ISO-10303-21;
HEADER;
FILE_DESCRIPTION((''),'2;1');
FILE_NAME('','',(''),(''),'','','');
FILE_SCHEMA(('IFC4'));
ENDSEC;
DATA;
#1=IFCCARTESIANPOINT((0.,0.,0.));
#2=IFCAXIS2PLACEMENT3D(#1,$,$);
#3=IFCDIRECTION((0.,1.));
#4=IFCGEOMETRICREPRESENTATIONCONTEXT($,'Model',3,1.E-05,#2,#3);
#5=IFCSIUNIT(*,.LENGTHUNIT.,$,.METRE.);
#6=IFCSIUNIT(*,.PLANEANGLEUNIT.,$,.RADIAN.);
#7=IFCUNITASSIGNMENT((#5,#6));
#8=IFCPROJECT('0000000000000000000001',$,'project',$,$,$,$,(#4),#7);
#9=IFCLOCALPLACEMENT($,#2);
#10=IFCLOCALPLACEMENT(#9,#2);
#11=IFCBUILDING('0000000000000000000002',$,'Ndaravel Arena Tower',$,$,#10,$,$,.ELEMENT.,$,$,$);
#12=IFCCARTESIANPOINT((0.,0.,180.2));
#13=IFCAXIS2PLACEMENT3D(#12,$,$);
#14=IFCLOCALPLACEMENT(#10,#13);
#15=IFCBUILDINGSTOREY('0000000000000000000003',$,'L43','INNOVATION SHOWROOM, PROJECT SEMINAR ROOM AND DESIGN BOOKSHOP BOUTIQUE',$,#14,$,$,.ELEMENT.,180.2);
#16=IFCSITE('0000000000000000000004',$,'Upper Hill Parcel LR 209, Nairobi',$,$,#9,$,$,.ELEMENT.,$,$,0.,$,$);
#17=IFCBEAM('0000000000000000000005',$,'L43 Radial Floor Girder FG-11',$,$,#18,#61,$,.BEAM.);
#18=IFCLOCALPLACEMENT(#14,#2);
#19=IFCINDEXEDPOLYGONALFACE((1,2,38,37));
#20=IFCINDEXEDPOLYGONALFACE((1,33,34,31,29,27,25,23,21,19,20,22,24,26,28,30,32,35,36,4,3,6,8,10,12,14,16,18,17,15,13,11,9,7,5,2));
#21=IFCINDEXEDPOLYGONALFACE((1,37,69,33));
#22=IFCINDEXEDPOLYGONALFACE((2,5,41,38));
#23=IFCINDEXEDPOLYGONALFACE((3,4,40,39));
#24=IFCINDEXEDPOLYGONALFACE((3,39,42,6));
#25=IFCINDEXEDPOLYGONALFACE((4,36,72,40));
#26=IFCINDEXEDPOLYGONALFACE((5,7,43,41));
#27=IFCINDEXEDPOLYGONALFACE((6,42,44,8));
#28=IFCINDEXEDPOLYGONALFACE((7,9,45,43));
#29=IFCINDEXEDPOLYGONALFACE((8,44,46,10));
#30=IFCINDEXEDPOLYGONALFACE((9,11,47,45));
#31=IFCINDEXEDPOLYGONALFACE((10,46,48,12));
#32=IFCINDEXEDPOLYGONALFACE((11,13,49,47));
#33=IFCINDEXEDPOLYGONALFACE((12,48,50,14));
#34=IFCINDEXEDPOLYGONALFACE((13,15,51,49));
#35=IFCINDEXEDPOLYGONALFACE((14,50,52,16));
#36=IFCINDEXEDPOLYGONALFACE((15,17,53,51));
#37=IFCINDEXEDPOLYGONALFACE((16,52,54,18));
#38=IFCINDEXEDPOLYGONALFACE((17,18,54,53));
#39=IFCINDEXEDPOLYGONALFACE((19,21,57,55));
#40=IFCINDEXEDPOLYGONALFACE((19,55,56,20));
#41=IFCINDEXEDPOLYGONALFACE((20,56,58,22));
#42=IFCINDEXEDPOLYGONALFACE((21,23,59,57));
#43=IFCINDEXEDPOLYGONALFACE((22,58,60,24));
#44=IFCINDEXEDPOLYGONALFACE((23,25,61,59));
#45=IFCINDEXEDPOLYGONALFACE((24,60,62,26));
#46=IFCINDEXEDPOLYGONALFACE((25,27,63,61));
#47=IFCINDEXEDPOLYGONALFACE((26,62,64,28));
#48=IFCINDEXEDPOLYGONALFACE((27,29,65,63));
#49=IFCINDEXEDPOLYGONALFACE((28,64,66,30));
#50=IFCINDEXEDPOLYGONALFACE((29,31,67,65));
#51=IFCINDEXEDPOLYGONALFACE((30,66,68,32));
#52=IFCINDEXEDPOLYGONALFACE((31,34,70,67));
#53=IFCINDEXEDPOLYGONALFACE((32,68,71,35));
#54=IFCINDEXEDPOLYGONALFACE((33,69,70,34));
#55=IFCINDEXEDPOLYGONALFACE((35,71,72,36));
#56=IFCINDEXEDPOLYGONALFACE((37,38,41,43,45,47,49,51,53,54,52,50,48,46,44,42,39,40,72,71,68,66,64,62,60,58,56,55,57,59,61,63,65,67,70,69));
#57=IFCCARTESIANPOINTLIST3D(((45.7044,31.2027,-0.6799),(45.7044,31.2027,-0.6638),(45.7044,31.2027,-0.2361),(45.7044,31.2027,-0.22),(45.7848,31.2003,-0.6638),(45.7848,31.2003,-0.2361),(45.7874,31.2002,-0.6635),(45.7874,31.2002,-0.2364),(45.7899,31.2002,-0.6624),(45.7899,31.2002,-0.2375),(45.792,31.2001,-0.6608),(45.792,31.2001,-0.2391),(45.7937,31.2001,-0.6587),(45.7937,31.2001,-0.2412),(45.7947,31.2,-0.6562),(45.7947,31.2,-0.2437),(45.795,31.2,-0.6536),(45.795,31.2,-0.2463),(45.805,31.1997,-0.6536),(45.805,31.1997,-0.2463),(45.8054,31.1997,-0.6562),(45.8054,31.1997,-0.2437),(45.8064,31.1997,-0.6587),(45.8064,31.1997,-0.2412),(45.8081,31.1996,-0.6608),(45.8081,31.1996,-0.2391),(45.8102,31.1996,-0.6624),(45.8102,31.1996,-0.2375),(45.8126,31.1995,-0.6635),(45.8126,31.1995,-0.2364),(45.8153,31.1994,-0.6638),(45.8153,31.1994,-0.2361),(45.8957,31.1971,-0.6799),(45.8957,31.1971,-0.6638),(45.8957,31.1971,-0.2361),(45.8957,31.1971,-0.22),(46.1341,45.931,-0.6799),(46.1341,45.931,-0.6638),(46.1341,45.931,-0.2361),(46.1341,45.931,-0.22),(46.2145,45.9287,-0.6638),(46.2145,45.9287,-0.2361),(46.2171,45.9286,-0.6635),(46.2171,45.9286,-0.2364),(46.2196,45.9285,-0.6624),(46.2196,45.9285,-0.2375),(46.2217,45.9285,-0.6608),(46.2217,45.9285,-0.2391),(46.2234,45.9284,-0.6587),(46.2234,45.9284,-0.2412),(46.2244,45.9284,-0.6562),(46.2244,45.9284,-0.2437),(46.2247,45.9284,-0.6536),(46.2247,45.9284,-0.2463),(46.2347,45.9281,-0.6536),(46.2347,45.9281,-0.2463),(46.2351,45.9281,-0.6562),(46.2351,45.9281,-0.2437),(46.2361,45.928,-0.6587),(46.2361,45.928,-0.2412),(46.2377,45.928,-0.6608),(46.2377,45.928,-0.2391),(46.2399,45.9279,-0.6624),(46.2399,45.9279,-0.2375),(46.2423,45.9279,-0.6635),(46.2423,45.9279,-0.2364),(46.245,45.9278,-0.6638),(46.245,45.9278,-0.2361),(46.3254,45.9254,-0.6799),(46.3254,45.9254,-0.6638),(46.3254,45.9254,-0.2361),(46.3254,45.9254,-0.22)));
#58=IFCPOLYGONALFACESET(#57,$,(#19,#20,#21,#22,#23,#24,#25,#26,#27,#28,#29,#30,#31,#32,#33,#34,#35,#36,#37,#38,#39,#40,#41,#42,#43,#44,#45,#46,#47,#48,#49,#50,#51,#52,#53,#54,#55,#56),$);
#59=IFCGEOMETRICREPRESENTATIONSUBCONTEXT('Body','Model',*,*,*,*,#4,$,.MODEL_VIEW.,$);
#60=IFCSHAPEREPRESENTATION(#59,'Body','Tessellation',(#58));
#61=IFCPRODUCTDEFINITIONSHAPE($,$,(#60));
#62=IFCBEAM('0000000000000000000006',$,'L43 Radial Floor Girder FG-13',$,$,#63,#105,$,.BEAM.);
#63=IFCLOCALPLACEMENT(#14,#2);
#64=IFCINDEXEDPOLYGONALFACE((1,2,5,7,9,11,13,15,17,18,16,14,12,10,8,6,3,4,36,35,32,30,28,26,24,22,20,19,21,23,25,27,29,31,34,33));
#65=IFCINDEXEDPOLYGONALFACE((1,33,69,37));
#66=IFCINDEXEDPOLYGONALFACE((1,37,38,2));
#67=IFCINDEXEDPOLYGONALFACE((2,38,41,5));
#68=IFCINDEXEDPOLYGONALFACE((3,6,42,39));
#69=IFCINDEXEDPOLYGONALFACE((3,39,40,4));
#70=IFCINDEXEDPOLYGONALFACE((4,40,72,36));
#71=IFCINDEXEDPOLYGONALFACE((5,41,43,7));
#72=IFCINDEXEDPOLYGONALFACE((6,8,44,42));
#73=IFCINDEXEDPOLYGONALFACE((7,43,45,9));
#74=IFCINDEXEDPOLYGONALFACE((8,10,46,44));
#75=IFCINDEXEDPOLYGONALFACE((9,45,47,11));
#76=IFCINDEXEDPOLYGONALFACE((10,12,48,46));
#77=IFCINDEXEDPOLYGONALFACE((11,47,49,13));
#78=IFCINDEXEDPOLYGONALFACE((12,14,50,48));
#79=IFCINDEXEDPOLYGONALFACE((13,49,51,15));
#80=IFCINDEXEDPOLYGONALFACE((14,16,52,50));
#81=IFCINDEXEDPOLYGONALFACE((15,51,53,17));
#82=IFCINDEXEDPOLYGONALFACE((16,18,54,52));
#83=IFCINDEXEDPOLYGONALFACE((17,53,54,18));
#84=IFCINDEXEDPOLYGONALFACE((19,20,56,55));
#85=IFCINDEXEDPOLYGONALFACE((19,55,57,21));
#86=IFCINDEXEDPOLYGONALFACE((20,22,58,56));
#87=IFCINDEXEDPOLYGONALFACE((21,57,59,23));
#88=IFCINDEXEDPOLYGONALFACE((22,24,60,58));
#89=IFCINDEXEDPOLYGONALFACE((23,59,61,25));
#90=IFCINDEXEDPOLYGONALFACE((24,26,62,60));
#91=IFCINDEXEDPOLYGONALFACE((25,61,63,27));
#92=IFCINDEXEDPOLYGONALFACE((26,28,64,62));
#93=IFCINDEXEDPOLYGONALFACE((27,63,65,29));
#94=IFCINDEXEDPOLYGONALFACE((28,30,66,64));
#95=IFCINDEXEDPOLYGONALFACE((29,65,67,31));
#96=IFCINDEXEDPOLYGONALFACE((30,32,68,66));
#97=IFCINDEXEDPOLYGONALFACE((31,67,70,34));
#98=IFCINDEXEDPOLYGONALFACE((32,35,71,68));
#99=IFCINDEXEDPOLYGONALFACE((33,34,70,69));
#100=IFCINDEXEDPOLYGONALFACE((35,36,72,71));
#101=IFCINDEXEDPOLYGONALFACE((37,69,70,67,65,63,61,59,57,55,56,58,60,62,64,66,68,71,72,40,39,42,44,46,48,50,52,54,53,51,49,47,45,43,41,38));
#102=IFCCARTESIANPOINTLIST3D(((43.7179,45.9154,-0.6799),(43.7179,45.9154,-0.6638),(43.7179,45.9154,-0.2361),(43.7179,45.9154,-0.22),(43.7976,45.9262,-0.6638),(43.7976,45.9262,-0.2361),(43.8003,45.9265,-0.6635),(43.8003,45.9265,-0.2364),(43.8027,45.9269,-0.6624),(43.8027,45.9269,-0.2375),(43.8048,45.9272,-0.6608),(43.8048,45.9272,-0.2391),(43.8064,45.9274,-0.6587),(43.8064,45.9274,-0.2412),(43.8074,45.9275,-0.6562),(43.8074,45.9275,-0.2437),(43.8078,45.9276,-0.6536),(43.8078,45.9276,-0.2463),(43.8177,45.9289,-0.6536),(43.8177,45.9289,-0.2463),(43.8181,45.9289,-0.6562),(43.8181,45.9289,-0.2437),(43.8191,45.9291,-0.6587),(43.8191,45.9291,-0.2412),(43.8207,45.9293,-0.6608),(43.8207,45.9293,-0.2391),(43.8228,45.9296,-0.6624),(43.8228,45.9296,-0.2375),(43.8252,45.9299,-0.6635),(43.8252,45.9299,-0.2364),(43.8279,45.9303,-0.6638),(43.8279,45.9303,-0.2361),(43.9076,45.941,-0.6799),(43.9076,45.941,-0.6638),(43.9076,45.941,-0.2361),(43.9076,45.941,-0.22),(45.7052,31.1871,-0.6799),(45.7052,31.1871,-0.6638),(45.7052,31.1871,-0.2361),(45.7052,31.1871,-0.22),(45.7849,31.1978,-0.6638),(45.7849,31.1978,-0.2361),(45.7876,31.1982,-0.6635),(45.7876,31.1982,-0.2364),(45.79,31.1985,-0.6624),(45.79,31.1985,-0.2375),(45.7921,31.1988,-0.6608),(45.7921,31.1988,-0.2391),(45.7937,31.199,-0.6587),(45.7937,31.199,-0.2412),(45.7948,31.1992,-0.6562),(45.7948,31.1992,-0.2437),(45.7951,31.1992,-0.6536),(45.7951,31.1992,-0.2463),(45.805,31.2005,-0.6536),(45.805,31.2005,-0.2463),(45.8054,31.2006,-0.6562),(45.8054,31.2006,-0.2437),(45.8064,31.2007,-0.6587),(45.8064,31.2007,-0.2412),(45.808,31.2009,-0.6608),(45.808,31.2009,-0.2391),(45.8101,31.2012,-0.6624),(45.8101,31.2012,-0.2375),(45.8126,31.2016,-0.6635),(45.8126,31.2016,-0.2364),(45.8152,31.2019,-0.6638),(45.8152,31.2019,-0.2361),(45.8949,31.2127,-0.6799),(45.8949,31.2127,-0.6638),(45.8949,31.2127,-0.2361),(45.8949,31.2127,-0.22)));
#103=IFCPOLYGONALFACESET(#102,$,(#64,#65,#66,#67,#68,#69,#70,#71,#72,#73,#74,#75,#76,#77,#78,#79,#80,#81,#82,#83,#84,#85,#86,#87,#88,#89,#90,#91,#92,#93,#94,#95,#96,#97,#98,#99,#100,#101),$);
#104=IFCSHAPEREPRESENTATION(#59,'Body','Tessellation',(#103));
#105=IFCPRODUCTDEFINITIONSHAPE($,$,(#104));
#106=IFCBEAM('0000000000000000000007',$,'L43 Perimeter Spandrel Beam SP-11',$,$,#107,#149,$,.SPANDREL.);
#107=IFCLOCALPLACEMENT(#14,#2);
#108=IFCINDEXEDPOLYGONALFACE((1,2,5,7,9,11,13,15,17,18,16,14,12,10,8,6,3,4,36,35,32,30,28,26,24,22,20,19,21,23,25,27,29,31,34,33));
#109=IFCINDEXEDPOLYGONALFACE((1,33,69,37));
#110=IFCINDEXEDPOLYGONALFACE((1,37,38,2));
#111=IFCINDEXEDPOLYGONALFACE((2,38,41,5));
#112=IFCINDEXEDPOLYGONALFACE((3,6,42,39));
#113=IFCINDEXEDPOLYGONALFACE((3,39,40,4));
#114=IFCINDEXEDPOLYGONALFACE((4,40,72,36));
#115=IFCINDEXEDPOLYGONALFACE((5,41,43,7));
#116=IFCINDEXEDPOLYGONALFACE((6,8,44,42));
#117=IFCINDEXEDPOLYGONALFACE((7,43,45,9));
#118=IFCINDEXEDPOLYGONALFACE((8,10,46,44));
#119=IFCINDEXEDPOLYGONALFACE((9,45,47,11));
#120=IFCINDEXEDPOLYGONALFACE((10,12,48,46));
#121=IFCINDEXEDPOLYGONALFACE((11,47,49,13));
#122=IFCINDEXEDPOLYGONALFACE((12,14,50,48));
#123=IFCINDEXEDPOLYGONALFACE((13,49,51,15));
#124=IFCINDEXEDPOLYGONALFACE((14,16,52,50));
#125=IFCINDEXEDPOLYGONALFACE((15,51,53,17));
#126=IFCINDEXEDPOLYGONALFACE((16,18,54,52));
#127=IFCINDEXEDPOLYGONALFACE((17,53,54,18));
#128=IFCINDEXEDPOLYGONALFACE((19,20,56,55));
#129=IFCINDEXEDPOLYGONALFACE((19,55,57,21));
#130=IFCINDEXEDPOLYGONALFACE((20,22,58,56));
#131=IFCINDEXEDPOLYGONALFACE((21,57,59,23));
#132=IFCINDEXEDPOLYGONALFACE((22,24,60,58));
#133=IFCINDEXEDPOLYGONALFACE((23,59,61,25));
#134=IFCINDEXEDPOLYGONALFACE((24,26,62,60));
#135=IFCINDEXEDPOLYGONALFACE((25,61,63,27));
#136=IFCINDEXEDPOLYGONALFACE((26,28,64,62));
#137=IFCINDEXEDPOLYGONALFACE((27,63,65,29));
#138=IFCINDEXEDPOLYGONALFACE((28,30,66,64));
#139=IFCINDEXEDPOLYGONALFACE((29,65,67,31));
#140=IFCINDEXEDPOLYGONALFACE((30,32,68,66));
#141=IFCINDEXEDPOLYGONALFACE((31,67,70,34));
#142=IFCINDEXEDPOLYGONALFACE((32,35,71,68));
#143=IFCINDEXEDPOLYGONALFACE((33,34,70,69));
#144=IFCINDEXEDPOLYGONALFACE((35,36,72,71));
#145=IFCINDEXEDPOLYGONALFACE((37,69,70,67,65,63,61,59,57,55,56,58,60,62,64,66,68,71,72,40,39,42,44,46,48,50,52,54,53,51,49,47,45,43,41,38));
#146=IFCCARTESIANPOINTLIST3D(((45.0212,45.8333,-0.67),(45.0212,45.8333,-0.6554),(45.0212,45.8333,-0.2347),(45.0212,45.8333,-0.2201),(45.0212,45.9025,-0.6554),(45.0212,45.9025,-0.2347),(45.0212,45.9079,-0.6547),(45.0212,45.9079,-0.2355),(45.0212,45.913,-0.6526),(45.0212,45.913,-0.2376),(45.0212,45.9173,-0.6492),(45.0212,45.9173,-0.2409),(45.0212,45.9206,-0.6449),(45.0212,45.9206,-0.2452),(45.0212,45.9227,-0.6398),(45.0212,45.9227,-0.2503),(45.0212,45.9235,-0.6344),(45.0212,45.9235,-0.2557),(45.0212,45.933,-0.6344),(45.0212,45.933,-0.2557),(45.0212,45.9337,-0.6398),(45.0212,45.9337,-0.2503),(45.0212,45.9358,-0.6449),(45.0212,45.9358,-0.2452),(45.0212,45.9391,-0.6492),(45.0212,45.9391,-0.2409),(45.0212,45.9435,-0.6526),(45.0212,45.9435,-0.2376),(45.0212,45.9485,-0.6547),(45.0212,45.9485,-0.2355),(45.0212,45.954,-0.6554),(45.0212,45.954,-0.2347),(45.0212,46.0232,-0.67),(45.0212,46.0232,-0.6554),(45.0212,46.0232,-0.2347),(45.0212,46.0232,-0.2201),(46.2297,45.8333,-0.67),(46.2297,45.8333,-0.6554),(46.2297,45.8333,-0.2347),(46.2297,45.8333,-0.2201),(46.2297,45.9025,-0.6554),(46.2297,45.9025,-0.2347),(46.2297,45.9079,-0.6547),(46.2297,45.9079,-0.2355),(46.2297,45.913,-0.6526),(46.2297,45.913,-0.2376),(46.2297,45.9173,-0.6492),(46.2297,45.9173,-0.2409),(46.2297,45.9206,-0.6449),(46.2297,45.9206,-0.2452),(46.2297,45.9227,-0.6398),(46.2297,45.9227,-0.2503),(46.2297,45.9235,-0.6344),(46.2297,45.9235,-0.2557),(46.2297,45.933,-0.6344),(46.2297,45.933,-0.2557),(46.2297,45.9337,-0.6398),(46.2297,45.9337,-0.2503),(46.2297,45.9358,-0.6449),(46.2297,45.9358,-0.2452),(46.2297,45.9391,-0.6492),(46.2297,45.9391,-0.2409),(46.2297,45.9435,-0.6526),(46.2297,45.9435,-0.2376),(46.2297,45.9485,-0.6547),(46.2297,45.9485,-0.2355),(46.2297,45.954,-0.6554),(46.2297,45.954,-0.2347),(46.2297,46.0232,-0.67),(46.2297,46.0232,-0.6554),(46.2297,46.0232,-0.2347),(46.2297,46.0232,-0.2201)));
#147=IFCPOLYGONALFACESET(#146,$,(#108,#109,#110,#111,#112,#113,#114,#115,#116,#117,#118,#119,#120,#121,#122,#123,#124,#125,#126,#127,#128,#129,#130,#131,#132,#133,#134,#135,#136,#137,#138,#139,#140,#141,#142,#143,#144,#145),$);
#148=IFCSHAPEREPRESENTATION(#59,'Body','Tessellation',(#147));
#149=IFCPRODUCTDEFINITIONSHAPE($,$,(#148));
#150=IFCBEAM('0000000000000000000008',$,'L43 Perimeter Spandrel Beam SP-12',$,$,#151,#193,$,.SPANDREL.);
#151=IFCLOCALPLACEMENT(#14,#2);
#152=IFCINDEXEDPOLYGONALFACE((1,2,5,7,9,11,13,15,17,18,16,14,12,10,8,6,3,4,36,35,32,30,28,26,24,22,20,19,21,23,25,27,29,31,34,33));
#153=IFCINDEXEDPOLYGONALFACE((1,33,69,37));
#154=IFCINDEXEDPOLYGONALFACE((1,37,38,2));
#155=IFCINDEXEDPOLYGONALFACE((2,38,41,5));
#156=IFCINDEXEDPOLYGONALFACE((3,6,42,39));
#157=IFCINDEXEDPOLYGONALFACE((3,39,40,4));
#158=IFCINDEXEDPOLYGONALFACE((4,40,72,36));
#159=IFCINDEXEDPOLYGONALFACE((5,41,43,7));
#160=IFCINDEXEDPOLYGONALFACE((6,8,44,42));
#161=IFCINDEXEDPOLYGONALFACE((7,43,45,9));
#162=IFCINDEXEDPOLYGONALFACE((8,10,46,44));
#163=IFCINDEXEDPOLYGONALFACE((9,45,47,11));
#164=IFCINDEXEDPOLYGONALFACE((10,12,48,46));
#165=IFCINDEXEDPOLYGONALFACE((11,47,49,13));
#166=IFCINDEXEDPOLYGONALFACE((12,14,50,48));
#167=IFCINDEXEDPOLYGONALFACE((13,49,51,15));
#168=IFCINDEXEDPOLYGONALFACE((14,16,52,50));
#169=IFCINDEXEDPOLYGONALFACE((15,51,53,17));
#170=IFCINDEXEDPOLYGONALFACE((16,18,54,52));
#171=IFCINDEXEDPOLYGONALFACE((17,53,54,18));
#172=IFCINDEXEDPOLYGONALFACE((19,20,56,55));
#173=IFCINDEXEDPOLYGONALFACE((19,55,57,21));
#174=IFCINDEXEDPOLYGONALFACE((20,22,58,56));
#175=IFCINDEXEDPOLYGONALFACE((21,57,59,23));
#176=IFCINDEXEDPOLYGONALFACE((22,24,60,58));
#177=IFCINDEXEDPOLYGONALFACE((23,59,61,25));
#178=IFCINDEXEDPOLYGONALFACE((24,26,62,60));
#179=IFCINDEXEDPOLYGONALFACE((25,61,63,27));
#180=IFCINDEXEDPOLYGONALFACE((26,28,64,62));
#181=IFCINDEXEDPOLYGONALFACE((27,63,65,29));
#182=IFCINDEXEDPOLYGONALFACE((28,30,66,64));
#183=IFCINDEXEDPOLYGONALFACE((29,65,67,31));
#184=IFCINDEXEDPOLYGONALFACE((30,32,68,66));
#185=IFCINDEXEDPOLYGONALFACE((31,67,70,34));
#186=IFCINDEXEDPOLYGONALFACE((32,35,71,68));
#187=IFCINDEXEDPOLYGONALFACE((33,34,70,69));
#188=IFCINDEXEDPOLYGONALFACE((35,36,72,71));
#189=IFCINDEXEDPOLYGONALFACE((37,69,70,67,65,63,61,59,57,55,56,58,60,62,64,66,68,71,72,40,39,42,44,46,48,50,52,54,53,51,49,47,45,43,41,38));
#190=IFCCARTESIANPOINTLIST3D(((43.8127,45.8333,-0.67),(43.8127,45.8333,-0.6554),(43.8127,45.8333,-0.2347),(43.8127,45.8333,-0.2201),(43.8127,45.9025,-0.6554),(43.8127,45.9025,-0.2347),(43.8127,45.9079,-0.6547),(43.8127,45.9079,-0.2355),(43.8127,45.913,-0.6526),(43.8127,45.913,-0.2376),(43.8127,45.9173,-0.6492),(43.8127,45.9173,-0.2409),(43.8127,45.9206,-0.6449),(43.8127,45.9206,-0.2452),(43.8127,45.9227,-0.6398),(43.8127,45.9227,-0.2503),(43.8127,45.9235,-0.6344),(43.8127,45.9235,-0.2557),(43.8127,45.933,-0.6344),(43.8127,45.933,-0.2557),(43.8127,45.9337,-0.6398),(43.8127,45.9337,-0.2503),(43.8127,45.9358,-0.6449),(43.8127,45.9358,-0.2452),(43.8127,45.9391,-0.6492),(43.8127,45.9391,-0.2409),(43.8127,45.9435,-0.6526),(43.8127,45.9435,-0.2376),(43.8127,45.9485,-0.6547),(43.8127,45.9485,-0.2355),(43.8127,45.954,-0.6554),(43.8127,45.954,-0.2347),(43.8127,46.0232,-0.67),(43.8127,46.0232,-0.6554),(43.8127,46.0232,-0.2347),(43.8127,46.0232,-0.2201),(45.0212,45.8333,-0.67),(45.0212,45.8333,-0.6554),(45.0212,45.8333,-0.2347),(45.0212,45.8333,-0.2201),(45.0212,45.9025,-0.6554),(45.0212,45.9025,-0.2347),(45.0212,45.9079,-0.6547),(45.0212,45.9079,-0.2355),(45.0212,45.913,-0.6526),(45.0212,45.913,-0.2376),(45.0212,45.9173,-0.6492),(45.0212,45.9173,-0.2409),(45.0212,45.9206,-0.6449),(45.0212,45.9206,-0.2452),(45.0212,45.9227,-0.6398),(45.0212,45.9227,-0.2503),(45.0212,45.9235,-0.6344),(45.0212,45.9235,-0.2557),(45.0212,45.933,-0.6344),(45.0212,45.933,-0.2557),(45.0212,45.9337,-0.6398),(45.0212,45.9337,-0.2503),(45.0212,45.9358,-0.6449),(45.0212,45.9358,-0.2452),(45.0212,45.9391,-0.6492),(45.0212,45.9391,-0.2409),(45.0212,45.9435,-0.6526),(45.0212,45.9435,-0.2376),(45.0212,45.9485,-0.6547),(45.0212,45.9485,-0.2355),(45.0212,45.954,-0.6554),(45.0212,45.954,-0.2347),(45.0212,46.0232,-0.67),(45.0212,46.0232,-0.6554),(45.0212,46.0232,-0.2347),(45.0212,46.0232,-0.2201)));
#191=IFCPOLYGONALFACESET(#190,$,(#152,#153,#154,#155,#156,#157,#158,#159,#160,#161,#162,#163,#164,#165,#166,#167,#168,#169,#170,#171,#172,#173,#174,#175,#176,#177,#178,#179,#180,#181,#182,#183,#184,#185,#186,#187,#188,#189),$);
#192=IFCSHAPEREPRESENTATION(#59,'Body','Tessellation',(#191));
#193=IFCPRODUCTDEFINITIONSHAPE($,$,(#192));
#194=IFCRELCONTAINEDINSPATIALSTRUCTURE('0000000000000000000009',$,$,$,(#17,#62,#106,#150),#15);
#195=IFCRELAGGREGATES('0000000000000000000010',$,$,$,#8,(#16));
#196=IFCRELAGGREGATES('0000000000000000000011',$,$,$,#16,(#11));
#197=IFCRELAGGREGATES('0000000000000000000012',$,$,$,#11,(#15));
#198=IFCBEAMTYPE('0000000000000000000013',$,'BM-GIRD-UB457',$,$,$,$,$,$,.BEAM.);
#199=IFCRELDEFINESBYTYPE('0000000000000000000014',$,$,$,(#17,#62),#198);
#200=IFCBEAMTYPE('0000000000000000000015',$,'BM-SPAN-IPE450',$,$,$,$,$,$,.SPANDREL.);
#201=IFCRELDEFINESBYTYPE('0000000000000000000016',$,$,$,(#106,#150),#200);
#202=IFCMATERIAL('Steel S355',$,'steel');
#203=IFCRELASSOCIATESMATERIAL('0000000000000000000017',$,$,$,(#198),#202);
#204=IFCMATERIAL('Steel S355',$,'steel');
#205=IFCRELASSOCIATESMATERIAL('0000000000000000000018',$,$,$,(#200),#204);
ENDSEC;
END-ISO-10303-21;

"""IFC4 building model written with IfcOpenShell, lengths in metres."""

from ifc_helpers import new_model, si_unit, direction, frame, origin, origin_2d, place, context, subcontext, project, spatial, i_section, extrude, material, material_profile, profile_set, type_object, element, save


model = new_model("IFC4")

# Units and contexts
model_context = context("Model", 3, precision=1e-05, world=origin(), true_north=direction((0.0, 1.0)))
body_context = subcontext(model_context, "Body", "Model", "MODEL_VIEW")
ifc_project = project(units=[si_unit("LENGTHUNIT", "METRE"), si_unit("PLANEANGLEUNIT", "RADIAN")], contexts=[model_context])

# Site, building, storey
site_placement = place(None, origin())
site = spatial("IfcSite", under=ifc_project, at=site_placement, Name="Upper Hill Parcel LR 209, Nairobi", CompositionType="ELEMENT", RefElevation=0.0)
building_placement = place(site_placement, origin())
building = spatial("IfcBuilding", under=site, at=building_placement, Name="Ndaravel Arena Tower", CompositionType="ELEMENT")
storey_placement = place(building_placement, frame((0.0, 0.0, 180.2)))
storey = spatial("IfcBuildingStorey", under=building, at=storey_placement, Name="L43", Description="INNOVATION SHOWROOM, PROJECT SEMINAR ROOM AND DESIGN BOOKSHOP BOUTIQUE", CompositionType="ELEMENT", Elevation=180.2)

# Beams
ifc_material_1 = material(Name="Steel S355", Category="steel")
ifc_material_profile_1 = material_profile(ifc_material_1, i_section(OverallWidth=0.1914, OverallDepth=0.46, WebThickness=0.01, FlangeThickness=0.0161, FilletRadius=0.0103, at=origin_2d()), Name="UB 457x191x82")
ifc_profile_set_1 = profile_set([ifc_material_profile_1], Name="Steel S355")
beam_type_1 = type_object("IfcBeamType", Name="BM-GIRD-UB457", PredefinedType="BEAM", material=ifc_profile_set_1)
beam_1_placement = place(storey_placement, frame((46.2297, 45.9282, -0.45), z_axis=(-0.029162, -0.999575, 0.0), x_axis=(0.999575, -0.029162, 0.0)))
element("IfcBeam", 1, at=beam_1_placement, inside=storey, type_object=beam_type_1, Name="L43 Radial Floor Girder FG-11", PredefinedType="BEAM", context=body_context, shape_type="SweptSolid", body=[
    extrude(i_section(OverallWidth=0.1914, OverallDepth=0.46, WebThickness=0.01, FlangeThickness=0.0161, FilletRadius=0.0103, at=origin_2d()), origin(), (0.0, 0.0, 1.0), 14.7346),
])
beam_2_placement = place(storey_placement, frame((43.8127, 45.9282, -0.45), z_axis=(0.13372, -0.991019, 0.0), x_axis=(0.991019, 0.13372, 0.0)))
element("IfcBeam", 2, at=beam_2_placement, inside=storey, type_object=beam_type_1, Name="L43 Radial Floor Girder FG-13", PredefinedType="BEAM", context=body_context, shape_type="SweptSolid", body=[
    extrude(i_section(OverallWidth=0.1914, OverallDepth=0.46, WebThickness=0.01, FlangeThickness=0.0161, FilletRadius=0.0103, at=origin_2d()), origin(), (0.0, 0.0, 1.0), 14.8618),
])
ifc_material_2 = material(Name="Steel S355", Category="steel")
ifc_material_profile_2 = material_profile(ifc_material_2, i_section(OverallWidth=0.1899, OverallDepth=0.45, WebThickness=0.0095, FlangeThickness=0.0146, FilletRadius=0.021, at=origin_2d()), Name="IPE 450")
ifc_profile_set_2 = profile_set([ifc_material_profile_2], Name="Steel S355")
beam_type_2 = type_object("IfcBeamType", Name="BM-SPAN-IPE450", PredefinedType="SPANDREL", material=ifc_profile_set_2)
for number, where, z_axis, x_axis, name in (
    (3, (46.2297, 45.9282, -0.4451), (-1.0, 0.0, 0.0), (0.0, -1.0, 0.0), "L43 Perimeter Spandrel Beam SP-11"),
    (4, (45.0212, 45.9282, -0.4451), (-1.0, 0.0, 0.0), (0.0, -1.0, 0.0), "L43 Perimeter Spandrel Beam SP-12"),
):
    element("IfcBeam", number, at=place(storey_placement, frame(where, z_axis=z_axis, x_axis=x_axis)), inside=storey, type_object=beam_type_2, Name=name, PredefinedType="SPANDREL", context=body_context, shape_type="SweptSolid", body=[
        extrude(i_section(OverallWidth=0.1899, OverallDepth=0.45, WebThickness=0.0095, FlangeThickness=0.0146, FilletRadius=0.021, at=origin_2d()), origin(), (0.0, 0.0, 1.0), 1.2085),
    ])

save(model, "model.ifc")
